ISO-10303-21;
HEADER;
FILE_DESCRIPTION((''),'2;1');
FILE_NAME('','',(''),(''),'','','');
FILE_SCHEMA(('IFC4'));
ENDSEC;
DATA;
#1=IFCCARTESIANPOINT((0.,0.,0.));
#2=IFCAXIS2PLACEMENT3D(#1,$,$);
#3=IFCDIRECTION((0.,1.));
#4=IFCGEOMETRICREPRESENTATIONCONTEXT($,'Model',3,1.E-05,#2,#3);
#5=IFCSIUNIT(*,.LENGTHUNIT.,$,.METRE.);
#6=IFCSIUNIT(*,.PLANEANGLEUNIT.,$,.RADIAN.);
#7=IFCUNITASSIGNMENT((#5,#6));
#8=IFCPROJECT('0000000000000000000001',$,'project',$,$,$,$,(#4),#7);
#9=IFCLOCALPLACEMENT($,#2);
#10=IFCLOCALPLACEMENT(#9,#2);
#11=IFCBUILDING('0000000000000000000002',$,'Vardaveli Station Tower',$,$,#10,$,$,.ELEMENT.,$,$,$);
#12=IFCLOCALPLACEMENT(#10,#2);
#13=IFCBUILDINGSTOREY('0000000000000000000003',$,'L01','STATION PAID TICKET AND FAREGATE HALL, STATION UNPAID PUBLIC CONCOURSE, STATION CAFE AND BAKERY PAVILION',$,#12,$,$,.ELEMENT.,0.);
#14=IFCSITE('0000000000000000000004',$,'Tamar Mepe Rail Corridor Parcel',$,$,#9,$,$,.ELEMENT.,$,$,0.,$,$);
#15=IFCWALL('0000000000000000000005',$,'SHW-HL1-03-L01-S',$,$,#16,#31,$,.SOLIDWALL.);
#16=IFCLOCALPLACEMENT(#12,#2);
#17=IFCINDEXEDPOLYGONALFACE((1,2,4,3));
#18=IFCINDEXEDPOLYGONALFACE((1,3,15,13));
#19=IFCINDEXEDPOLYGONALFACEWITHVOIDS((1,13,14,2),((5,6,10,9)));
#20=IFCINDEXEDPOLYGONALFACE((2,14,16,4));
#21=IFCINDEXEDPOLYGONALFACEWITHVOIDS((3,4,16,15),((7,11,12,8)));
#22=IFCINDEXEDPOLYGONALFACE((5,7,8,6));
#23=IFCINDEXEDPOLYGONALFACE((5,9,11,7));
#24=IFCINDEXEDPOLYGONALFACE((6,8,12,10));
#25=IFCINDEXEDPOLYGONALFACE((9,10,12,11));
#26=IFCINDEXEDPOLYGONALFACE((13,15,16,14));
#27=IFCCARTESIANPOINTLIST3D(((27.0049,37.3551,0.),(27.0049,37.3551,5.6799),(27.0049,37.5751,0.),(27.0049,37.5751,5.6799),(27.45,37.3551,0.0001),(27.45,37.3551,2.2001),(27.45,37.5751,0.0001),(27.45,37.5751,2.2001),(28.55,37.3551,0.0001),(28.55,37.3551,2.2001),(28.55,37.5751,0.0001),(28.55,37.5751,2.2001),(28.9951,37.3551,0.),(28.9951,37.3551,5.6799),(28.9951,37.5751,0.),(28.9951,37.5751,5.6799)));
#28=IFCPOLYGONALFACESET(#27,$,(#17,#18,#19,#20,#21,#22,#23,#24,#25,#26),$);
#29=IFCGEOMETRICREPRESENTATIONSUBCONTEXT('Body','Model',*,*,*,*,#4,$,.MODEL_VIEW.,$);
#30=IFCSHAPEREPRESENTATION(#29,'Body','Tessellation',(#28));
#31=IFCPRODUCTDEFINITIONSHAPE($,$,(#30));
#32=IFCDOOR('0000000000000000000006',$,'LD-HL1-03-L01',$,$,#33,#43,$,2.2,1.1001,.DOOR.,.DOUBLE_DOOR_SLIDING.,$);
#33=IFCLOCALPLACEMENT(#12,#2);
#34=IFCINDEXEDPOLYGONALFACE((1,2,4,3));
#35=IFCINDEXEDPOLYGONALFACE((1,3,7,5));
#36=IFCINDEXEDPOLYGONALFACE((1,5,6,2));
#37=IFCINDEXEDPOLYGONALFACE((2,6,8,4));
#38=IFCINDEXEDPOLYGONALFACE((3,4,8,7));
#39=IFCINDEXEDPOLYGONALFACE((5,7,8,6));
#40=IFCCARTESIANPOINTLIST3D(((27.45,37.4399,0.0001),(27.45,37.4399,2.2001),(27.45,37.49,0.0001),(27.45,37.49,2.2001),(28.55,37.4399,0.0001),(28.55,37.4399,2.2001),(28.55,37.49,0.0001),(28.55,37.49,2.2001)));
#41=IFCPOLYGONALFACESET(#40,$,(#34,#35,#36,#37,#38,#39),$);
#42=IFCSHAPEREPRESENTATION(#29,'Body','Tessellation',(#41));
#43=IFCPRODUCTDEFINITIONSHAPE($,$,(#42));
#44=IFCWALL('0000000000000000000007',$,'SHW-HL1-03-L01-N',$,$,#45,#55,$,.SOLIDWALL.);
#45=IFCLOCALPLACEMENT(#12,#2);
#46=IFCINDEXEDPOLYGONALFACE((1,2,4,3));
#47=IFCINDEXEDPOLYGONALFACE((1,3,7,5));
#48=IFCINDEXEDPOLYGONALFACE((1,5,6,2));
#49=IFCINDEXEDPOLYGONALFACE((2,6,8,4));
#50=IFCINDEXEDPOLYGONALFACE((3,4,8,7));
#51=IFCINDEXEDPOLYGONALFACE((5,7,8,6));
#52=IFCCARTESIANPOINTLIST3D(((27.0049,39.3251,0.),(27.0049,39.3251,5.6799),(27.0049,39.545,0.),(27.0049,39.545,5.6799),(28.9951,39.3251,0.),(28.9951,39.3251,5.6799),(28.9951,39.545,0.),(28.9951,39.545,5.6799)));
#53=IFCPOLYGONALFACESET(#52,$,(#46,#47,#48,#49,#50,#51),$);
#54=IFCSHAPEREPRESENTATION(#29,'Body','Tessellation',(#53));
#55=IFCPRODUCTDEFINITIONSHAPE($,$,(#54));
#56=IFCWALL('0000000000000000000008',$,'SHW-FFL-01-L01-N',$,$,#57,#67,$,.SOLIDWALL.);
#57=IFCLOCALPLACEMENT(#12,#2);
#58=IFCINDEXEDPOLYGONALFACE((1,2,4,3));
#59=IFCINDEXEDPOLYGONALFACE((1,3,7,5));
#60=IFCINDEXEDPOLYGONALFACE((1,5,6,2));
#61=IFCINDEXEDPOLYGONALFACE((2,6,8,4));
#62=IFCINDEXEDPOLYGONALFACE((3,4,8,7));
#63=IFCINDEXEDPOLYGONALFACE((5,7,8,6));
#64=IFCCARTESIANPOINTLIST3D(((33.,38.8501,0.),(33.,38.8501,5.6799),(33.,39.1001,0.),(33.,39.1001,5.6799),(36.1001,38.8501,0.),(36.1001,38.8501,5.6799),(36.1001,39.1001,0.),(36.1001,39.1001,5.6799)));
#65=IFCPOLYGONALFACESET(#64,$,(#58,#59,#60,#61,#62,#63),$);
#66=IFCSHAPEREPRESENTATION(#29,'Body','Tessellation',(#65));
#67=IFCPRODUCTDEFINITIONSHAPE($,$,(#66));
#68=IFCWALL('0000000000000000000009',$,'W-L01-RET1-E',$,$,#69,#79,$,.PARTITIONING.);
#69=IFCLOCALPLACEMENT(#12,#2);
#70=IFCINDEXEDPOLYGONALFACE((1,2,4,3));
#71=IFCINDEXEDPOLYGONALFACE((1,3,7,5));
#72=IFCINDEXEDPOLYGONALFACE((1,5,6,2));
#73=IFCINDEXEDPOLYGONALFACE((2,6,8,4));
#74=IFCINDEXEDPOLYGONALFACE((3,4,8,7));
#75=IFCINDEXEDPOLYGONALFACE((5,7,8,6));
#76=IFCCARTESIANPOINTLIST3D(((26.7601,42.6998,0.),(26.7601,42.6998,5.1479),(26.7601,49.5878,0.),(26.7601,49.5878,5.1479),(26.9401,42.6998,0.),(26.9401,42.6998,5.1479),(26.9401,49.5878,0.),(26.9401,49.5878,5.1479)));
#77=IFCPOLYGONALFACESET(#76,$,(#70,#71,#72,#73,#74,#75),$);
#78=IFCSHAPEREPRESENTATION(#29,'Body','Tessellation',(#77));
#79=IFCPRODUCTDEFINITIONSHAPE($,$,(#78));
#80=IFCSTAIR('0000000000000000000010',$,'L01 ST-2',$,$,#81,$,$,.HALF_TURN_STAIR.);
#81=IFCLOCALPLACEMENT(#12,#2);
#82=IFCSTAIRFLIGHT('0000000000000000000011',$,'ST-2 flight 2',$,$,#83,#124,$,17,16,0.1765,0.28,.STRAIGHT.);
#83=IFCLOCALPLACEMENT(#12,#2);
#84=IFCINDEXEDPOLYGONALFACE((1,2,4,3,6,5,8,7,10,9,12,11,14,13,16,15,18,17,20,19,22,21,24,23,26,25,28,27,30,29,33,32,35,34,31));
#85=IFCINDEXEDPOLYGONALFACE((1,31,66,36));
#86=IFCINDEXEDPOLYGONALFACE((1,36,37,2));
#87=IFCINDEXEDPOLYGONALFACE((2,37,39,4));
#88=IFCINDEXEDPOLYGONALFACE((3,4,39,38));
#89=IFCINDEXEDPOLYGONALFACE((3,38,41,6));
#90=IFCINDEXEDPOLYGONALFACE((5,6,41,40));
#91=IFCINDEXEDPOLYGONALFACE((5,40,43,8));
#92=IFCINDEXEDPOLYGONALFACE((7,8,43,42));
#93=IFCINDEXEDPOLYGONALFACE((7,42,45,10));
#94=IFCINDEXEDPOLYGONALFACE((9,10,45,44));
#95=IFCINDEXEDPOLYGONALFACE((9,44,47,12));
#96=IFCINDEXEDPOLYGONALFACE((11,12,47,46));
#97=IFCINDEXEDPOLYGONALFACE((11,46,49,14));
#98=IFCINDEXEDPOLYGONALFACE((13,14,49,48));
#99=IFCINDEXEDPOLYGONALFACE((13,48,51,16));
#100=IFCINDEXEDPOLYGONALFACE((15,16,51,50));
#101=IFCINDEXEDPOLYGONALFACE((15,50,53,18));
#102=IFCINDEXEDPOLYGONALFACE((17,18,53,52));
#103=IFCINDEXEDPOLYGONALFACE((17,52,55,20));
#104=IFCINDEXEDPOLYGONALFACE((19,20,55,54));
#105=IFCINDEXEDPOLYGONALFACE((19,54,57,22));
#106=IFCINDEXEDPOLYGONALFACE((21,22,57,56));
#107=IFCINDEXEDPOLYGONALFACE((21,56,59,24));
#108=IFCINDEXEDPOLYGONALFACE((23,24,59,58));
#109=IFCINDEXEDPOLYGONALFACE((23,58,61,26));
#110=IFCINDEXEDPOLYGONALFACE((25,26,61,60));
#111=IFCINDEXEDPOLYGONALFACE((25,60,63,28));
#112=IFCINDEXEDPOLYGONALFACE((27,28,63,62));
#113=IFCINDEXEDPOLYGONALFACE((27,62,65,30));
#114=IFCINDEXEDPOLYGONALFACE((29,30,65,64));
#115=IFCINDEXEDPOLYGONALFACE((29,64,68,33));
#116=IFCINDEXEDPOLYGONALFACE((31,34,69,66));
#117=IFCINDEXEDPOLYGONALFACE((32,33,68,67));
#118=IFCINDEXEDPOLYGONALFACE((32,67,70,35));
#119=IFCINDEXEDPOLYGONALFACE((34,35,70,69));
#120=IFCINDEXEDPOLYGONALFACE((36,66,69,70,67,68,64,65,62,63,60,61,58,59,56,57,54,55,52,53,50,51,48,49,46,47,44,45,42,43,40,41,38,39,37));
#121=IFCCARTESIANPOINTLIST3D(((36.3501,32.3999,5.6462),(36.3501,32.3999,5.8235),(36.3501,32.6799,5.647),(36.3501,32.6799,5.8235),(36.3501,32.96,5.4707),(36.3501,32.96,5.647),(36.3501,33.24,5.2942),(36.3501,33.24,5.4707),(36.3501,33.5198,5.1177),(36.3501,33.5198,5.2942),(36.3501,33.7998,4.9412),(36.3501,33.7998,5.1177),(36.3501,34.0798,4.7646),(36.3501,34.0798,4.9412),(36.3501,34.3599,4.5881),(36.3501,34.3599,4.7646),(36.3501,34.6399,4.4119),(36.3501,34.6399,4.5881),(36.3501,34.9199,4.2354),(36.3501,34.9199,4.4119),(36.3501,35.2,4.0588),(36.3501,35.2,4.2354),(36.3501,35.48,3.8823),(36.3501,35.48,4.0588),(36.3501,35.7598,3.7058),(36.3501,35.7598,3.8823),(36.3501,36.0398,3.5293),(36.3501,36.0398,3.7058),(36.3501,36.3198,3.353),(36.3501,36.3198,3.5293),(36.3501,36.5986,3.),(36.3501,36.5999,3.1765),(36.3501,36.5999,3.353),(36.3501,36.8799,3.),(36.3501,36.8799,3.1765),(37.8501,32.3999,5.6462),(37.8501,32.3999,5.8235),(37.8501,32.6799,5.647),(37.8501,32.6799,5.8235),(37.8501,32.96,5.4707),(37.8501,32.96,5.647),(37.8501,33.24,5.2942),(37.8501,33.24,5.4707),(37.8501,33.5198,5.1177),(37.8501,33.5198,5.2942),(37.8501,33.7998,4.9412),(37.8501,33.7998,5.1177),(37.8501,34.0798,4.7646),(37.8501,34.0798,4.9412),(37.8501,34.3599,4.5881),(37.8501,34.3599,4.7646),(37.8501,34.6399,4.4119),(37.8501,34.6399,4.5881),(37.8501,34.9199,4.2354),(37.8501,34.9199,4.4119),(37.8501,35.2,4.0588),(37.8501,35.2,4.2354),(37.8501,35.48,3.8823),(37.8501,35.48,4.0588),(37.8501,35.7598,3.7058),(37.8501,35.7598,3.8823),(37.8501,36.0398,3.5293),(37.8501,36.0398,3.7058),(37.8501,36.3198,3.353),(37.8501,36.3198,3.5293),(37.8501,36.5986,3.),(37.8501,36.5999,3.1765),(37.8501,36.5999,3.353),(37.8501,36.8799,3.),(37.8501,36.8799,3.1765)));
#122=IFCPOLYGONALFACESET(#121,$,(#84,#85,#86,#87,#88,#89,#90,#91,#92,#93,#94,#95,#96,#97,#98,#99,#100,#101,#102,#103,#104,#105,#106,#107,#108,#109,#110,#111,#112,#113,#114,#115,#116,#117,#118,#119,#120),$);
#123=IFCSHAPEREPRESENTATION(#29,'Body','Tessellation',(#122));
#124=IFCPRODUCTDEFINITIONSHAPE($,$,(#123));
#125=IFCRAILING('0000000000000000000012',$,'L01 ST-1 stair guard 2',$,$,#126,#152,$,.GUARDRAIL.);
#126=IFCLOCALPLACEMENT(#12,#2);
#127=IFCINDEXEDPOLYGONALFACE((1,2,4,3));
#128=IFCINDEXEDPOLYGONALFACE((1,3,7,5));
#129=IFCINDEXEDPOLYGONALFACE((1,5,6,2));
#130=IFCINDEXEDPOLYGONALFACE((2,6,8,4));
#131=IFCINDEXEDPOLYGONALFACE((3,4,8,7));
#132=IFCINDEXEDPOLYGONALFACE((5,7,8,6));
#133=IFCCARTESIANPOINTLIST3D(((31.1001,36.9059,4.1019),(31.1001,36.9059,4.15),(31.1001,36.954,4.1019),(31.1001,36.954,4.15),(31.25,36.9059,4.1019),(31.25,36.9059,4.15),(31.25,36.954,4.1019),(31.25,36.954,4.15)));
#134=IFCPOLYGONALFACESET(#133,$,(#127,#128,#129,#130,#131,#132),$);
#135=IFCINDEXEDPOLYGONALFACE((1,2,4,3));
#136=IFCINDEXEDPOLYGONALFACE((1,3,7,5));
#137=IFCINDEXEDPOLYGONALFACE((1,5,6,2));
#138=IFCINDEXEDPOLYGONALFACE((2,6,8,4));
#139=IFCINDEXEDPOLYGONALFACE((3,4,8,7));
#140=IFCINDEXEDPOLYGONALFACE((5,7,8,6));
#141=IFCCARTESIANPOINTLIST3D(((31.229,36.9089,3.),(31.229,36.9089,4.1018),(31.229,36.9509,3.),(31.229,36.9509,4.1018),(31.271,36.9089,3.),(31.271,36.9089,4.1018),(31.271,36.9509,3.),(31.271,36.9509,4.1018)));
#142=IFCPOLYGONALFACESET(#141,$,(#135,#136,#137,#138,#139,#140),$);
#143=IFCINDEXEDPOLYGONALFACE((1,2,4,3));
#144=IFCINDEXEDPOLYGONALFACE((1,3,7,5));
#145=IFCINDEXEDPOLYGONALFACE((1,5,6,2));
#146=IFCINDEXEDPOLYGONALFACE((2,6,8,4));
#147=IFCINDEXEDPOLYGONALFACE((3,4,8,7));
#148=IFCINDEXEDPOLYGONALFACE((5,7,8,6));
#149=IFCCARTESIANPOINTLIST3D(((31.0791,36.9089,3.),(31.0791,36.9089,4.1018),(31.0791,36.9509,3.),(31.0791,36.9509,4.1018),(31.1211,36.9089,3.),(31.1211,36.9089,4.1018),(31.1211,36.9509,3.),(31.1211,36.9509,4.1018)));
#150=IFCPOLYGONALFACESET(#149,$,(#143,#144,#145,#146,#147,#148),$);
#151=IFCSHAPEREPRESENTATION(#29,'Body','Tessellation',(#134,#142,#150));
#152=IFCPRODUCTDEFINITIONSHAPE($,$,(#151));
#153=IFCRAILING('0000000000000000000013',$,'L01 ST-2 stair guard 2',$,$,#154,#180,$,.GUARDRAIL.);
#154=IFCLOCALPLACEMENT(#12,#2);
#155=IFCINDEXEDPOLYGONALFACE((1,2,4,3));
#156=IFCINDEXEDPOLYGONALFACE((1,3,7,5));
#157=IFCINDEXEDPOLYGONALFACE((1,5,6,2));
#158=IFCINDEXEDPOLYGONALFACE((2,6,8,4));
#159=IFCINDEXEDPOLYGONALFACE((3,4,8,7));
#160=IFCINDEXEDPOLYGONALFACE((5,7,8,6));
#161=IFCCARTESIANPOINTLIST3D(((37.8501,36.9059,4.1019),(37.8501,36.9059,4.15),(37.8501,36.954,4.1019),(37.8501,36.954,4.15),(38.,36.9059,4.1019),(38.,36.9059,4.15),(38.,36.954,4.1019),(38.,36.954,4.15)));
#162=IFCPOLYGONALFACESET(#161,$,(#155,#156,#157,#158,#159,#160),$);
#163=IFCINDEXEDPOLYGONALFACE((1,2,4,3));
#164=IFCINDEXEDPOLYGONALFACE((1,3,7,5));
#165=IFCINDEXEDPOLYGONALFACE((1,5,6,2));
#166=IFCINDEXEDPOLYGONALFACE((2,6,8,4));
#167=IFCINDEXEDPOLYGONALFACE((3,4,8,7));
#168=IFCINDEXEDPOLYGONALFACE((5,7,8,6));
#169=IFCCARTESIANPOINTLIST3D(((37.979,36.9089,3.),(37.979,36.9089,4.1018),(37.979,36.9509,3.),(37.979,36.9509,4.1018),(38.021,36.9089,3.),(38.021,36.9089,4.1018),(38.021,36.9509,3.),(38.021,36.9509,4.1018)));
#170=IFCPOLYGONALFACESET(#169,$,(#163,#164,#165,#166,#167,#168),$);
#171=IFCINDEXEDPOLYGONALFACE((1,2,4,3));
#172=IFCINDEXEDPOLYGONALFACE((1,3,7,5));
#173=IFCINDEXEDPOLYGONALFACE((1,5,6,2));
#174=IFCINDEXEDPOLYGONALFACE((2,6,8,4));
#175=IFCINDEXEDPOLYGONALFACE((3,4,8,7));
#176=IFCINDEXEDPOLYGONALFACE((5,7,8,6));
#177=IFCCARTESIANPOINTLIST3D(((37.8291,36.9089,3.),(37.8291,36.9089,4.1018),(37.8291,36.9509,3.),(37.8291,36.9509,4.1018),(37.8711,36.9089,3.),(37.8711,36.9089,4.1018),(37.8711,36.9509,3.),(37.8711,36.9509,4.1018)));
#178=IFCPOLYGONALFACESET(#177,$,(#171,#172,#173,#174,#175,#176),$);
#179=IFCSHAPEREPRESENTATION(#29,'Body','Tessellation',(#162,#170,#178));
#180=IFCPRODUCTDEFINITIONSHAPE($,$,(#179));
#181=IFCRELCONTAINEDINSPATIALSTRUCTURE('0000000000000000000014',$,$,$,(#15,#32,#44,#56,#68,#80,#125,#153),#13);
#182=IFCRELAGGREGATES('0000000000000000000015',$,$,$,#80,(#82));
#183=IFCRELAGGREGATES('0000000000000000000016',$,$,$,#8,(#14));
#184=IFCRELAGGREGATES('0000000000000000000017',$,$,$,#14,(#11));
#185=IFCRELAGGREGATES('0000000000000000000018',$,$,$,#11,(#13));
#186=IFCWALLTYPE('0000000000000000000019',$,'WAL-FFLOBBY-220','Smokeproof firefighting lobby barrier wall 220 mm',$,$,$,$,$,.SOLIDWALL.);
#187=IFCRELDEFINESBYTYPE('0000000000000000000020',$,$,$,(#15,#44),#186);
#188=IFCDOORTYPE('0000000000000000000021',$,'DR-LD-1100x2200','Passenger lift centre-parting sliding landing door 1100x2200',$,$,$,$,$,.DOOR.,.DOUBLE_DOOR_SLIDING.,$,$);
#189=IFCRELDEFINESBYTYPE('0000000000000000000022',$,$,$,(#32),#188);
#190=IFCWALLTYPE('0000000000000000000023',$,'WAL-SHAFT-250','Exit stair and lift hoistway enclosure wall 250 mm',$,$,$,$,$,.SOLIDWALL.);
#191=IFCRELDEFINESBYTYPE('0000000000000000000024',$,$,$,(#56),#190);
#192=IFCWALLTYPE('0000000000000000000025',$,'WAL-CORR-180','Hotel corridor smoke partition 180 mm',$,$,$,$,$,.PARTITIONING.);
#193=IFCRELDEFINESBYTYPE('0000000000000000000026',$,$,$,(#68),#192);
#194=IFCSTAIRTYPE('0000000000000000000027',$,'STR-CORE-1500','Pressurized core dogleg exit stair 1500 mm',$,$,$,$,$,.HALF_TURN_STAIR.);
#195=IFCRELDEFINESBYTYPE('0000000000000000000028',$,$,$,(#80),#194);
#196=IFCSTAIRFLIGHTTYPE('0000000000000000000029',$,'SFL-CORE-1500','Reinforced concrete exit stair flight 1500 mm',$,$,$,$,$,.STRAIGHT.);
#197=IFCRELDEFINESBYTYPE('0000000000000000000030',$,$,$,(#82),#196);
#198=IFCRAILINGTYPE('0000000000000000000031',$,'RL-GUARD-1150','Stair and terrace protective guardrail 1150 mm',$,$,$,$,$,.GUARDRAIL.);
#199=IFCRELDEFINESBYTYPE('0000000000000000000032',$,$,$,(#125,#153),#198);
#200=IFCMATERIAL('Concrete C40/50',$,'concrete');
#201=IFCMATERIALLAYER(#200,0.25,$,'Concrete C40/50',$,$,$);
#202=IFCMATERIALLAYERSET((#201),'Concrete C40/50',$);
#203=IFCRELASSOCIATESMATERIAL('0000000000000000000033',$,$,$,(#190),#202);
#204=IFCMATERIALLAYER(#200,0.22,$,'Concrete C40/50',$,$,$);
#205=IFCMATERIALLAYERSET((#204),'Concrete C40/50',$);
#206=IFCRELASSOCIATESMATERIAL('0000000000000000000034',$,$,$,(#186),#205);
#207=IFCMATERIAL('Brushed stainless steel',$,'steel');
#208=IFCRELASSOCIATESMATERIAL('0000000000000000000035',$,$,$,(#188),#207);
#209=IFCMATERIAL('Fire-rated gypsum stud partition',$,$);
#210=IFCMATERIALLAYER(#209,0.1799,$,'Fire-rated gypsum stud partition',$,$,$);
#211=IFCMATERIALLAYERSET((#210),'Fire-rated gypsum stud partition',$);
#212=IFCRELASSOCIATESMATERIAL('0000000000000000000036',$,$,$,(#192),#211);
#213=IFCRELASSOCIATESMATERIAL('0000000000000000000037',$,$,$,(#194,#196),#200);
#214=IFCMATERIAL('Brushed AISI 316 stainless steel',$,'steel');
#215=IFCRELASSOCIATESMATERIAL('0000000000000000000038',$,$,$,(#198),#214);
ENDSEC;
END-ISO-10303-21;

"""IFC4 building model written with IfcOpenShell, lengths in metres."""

from ifc_helpers import new_model, si_unit, direction, frame, frame_2d, origin, origin_2d, place, context, subcontext, project, spatial, polyline, rectangle, outline, extrude, source, transform, mapped, material, layer, layer_set, type_object, element, fill, aggregate, save


model = new_model("IFC4")

# Units and contexts
model_context = context("Model", 3, precision=1e-05, world=origin(), true_north=direction((0.0, 1.0)))
body_context = subcontext(model_context, "Body", "Model", "MODEL_VIEW")
ifc_project = project(units=[si_unit("LENGTHUNIT", "METRE"), si_unit("PLANEANGLEUNIT", "RADIAN")], contexts=[model_context])

# Site, building, storey
site_placement = place(None, origin())
site = spatial("IfcSite", under=ifc_project, at=site_placement, Name="Tamar Mepe Rail Corridor Parcel", CompositionType="ELEMENT", RefElevation=0.0)
building_placement = place(site_placement, origin())
building = spatial("IfcBuilding", under=site, at=building_placement, Name="Vardaveli Station Tower", CompositionType="ELEMENT")
storey_placement = place(building_placement, origin())
storey = spatial("IfcBuildingStorey", under=building, at=storey_placement, Name="L01", Description="STATION PAID TICKET AND FAREGATE HALL, STATION UNPAID PUBLIC CONCOURSE, STATION CAFE AND BAKERY PAVILION", CompositionType="ELEMENT", Elevation=0.0)

# Shared definitions
ifc_material_1 = material(Name="Concrete C40/50", Category="concrete")
ifc_layer_1 = layer(ifc_material_1, 0.25, Name="Concrete C40/50")
ifc_layer_set_1 = layer_set([ifc_layer_1], Name="Concrete C40/50")
wall_type_1 = type_object("IfcWallType", Name="WAL-SHAFT-250", Description="Exit stair and lift hoistway enclosure wall 250 mm", PredefinedType="SOLIDWALL", material=ifc_layer_set_1)
ifc_layer_2 = layer(ifc_material_1, 0.22, Name="Concrete C40/50")
ifc_layer_set_2 = layer_set([ifc_layer_2], Name="Concrete C40/50")
wall_type_2 = type_object("IfcWallType", Name="WAL-FFLOBBY-220", Description="Smokeproof firefighting lobby barrier wall 220 mm", PredefinedType="SOLIDWALL", material=ifc_layer_set_2)

# Shared definitions
shared_shape_1 = source(origin(), body_context, "Body", "SweptSolid", [
    extrude(rectangle(XDim=1.1001, YDim=2.2, at=frame_2d((0.55, 1.1001))), frame((0.0, 0.1201, 0.0), z_axis=(0.0, -1.0, 0.0), x_axis=(1.0, 0.0, 0.0)), (0.0, 0.0, 1.0), 0.24),
])
ifc_material_2 = material(Name="Brushed stainless steel", Category="steel")
door_type_1 = type_object("IfcDoorType", Name="DR-LD-1100x2200", Description="Passenger lift centre-parting sliding landing door 1100x2200", OperationType="DOUBLE_DOOR_SLIDING", PredefinedType="DOOR", material=ifc_material_2)
shared_shape_2 = source(origin(), body_context, "Body", "SweptSolid", [
    extrude(rectangle(XDim=1.1001, YDim=2.2, at=frame_2d((0.55, 1.1001))), frame((0.0, 0.0249, 0.0), z_axis=(0.0, -1.0, 0.0), x_axis=(1.0, 0.0, 0.0)), (0.0, 0.0, 1.0), 0.05),
])

# Wall, opening, door
shared_shape_3 = source(origin(), body_context, "Body", "SweptSolid", [
    extrude(rectangle(XDim=1.9902, YDim=0.22, at=frame_2d((0.9951, 0.0))), origin(), (0.0, 0.0, 1.0), 5.6799),
])
wall_1_placement = place(storey_placement, frame((27.0049, 37.4651, 0.0), z_axis=(0.0, 0.0, 1.0), x_axis=(1.0, 0.0, 0.0)))
wall_1 = element("IfcWall", 1, at=wall_1_placement, inside=storey, type_object=wall_type_2, Name="SHW-HL1-03-L01-S", PredefinedType="SOLIDWALL", context=body_context, shape_type="MappedRepresentation", body=[
    mapped(shared_shape_3, transform((0.0, 0.0, 0.0), scale=1.0)),
])
opening_1_placement = place(wall_1_placement, frame((0.4451, 0.0, 0.0)))
opening_1 = element("IfcOpeningElement", 2, at=opening_1_placement, cuts=wall_1, PredefinedType="OPENING", context=body_context, shape_type="MappedRepresentation", body=[
    mapped(shared_shape_1, transform((0.0, 0.0, 0.0), scale=1.0)),
])
door_1_placement = place(opening_1_placement, origin())
door_1 = element("IfcDoor", 3, at=door_1_placement, inside=storey, type_object=door_type_1, Name="LD-HL1-03-L01", OperationType="DOUBLE_DOOR_SLIDING", OverallHeight=2.2, OverallWidth=1.1001, PredefinedType="DOOR", context=body_context, shape_type="MappedRepresentation", body=[
    mapped(shared_shape_2, transform((0.0, 0.0, 0.0), scale=1.0)),
])
fill(opening_1, door_1)

# Walls
wall_2_placement = place(storey_placement, frame((27.0049, 39.4351, 0.0), z_axis=(0.0, 0.0, 1.0), x_axis=(1.0, 0.0, 0.0)))
element("IfcWall", 4, at=wall_2_placement, inside=storey, type_object=wall_type_2, Name="SHW-HL1-03-L01-N", PredefinedType="SOLIDWALL", context=body_context, shape_type="MappedRepresentation", body=[
    mapped(shared_shape_3, transform((0.0, 0.0, 0.0), scale=1.0)),
])
shared_shape_4 = source(origin(), body_context, "Body", "SweptSolid", [
    extrude(rectangle(XDim=3.1001, YDim=0.25, at=frame_2d((1.55, 0.0))), origin(), (0.0, 0.0, 1.0), 5.6799),
])
wall_3_placement = place(storey_placement, frame((33.0, 38.9751, 0.0), z_axis=(0.0, 0.0, 1.0), x_axis=(1.0, 0.0, 0.0)))
element("IfcWall", 5, at=wall_3_placement, inside=storey, type_object=wall_type_1, Name="SHW-FFL-01-L01-N", PredefinedType="SOLIDWALL", context=body_context, shape_type="MappedRepresentation", body=[
    mapped(shared_shape_4, transform((0.0, 0.0, 0.0), scale=1.0)),
])
ifc_material_3 = material(Name="Fire-rated gypsum stud partition")
ifc_layer_3 = layer(ifc_material_3, 0.1799, Name="Fire-rated gypsum stud partition")
ifc_layer_set_3 = layer_set([ifc_layer_3], Name="Fire-rated gypsum stud partition")
wall_type_3 = type_object("IfcWallType", Name="WAL-CORR-180", Description="Hotel corridor smoke partition 180 mm", PredefinedType="PARTITIONING", material=ifc_layer_set_3)
shared_shape_5 = source(origin(), body_context, "Body", "SweptSolid", [
    extrude(rectangle(XDim=6.8879, YDim=0.1799, at=frame_2d((3.4438, 0.0))), origin(), (0.0, 0.0, 1.0), 5.1479),
])
wall_4_placement = place(storey_placement, frame((26.8501, 42.7, 0.0), z_axis=(0.0, 0.0, 1.0), x_axis=(0.0, 1.0, 0.0)))
element("IfcWall", 6, at=wall_4_placement, inside=storey, type_object=wall_type_3, Name="W-L01-RET1-E", PredefinedType="PARTITIONING", context=body_context, shape_type="MappedRepresentation", body=[
    mapped(shared_shape_5, transform((0.0, 0.0, 0.0), scale=1.0)),
])

# Stair, stair flight
stair_type = type_object("IfcStairType", Name="STR-CORE-1500", Description="Pressurized core dogleg exit stair 1500 mm", PredefinedType="HALF_TURN_STAIR", material=ifc_material_1)
stair_placement = place(storey_placement, origin())
stair = element("IfcStair", 7, at=stair_placement, inside=storey, type_object=stair_type, Name="L01 ST-2", PredefinedType="HALF_TURN_STAIR")
stair_flight_type = type_object("IfcStairFlightType", Name="SFL-CORE-1500", Description="Reinforced concrete exit stair flight 1500 mm", PredefinedType="STRAIGHT", material=ifc_material_1)
shared_shape_6 = source(origin(), body_context, "Body", "SweptSolid", [
    extrude(outline(polyline([(0.0, 0.0), (0.0, 0.1765), (0.28, 0.1765), (0.28, 0.353), (0.5601, 0.353), (0.5601, 0.5293), (0.8401, 0.5293), (0.8401, 0.7058), (1.1201, 0.7058), (1.1201, 0.8823), (1.3999, 0.8823), (1.3999, 1.0588), (1.6799, 1.0588), (1.6799, 1.2354), (1.96, 1.2354), (1.96, 1.4119), (2.24, 1.4119), (2.24, 1.5881), (2.52, 1.5881), (2.52, 1.7646), (2.8, 1.7646), (2.8, 1.9412), (3.0801, 1.9412), (3.0801, 2.1177), (3.3601, 2.1177), (3.3601, 2.2942), (3.6399, 2.2942), (3.6399, 2.4707), (3.9199, 2.4707), (3.9199, 2.647), (4.2, 2.647), (4.2, 2.8235), (4.48, 2.8235), (4.48, 3.0), (4.48, 2.6462), (0.2812, 0.0), (0.0, 0.0)])), frame((0.0, 0.75, 0.0), z_axis=(0.0, -1.0, 0.0), x_axis=(1.0, 0.0, 0.0)), (0.0, 0.0, 1.0), 1.5),
])
stair_flight_placement = place(storey_placement, frame((37.1001, 36.8799, 3.0), z_axis=(0.0, 0.0, 1.0), x_axis=(0.0, -1.0, 0.0)))
stair_flight = element("IfcStairFlight", 8, at=stair_flight_placement, type_object=stair_flight_type, Name="ST-2 flight 2", NumberOfRisers=17, NumberOfTreads=16, PredefinedType="STRAIGHT", RiserHeight=0.1765, TreadLength=0.28, context=body_context, shape_type="MappedRepresentation", body=[
    mapped(shared_shape_6, transform((0.0, 0.0, 0.0), scale=1.0)),
])
aggregate(stair, [stair_flight])

# Railings
ifc_material_4 = material(Name="Brushed AISI 316 stainless steel", Category="steel")
railing_type_1 = type_object("IfcRailingType", Name="RL-GUARD-1150", Description="Stair and terrace protective guardrail 1150 mm", PredefinedType="GUARDRAIL", material=ifc_material_4)
shared_shape_7 = source(origin(), body_context, "Body", "SweptSolid", [
    extrude(rectangle(XDim=0.0481, YDim=0.0481, at=origin_2d()), frame((0.0, 0.0, 1.126), z_axis=(-1.0, 0.0, 0.0), x_axis=(0.0, -1.0, 0.0)), (0.0, 0.0, 1.0), 0.1499),
    extrude(rectangle(XDim=0.042, YDim=0.042, at=origin_2d()), origin(), (0.0, 0.0, 1.0), 1.1018),
    extrude(rectangle(XDim=0.042, YDim=0.042, at=origin_2d()), frame((-0.1499, 0.0, 0.0)), (0.0, 0.0, 1.0), 1.1018),
])
for number, where, name in (
    (9, (31.25, 36.9299, 3.0), "L01 ST-1 stair guard 2"),
    (10, (38.0, 36.9299, 3.0), "L01 ST-2 stair guard 2"),
):
    element("IfcRailing", number, at=place(storey_placement, frame(where)), inside=storey, type_object=railing_type_1, Name=name, PredefinedType="GUARDRAIL", context=body_context, shape_type="MappedRepresentation", body=[
        mapped(shared_shape_7, transform((0.0, 0.0, 0.0), scale=1.0)),
    ])

save(model, "model.ifc")
